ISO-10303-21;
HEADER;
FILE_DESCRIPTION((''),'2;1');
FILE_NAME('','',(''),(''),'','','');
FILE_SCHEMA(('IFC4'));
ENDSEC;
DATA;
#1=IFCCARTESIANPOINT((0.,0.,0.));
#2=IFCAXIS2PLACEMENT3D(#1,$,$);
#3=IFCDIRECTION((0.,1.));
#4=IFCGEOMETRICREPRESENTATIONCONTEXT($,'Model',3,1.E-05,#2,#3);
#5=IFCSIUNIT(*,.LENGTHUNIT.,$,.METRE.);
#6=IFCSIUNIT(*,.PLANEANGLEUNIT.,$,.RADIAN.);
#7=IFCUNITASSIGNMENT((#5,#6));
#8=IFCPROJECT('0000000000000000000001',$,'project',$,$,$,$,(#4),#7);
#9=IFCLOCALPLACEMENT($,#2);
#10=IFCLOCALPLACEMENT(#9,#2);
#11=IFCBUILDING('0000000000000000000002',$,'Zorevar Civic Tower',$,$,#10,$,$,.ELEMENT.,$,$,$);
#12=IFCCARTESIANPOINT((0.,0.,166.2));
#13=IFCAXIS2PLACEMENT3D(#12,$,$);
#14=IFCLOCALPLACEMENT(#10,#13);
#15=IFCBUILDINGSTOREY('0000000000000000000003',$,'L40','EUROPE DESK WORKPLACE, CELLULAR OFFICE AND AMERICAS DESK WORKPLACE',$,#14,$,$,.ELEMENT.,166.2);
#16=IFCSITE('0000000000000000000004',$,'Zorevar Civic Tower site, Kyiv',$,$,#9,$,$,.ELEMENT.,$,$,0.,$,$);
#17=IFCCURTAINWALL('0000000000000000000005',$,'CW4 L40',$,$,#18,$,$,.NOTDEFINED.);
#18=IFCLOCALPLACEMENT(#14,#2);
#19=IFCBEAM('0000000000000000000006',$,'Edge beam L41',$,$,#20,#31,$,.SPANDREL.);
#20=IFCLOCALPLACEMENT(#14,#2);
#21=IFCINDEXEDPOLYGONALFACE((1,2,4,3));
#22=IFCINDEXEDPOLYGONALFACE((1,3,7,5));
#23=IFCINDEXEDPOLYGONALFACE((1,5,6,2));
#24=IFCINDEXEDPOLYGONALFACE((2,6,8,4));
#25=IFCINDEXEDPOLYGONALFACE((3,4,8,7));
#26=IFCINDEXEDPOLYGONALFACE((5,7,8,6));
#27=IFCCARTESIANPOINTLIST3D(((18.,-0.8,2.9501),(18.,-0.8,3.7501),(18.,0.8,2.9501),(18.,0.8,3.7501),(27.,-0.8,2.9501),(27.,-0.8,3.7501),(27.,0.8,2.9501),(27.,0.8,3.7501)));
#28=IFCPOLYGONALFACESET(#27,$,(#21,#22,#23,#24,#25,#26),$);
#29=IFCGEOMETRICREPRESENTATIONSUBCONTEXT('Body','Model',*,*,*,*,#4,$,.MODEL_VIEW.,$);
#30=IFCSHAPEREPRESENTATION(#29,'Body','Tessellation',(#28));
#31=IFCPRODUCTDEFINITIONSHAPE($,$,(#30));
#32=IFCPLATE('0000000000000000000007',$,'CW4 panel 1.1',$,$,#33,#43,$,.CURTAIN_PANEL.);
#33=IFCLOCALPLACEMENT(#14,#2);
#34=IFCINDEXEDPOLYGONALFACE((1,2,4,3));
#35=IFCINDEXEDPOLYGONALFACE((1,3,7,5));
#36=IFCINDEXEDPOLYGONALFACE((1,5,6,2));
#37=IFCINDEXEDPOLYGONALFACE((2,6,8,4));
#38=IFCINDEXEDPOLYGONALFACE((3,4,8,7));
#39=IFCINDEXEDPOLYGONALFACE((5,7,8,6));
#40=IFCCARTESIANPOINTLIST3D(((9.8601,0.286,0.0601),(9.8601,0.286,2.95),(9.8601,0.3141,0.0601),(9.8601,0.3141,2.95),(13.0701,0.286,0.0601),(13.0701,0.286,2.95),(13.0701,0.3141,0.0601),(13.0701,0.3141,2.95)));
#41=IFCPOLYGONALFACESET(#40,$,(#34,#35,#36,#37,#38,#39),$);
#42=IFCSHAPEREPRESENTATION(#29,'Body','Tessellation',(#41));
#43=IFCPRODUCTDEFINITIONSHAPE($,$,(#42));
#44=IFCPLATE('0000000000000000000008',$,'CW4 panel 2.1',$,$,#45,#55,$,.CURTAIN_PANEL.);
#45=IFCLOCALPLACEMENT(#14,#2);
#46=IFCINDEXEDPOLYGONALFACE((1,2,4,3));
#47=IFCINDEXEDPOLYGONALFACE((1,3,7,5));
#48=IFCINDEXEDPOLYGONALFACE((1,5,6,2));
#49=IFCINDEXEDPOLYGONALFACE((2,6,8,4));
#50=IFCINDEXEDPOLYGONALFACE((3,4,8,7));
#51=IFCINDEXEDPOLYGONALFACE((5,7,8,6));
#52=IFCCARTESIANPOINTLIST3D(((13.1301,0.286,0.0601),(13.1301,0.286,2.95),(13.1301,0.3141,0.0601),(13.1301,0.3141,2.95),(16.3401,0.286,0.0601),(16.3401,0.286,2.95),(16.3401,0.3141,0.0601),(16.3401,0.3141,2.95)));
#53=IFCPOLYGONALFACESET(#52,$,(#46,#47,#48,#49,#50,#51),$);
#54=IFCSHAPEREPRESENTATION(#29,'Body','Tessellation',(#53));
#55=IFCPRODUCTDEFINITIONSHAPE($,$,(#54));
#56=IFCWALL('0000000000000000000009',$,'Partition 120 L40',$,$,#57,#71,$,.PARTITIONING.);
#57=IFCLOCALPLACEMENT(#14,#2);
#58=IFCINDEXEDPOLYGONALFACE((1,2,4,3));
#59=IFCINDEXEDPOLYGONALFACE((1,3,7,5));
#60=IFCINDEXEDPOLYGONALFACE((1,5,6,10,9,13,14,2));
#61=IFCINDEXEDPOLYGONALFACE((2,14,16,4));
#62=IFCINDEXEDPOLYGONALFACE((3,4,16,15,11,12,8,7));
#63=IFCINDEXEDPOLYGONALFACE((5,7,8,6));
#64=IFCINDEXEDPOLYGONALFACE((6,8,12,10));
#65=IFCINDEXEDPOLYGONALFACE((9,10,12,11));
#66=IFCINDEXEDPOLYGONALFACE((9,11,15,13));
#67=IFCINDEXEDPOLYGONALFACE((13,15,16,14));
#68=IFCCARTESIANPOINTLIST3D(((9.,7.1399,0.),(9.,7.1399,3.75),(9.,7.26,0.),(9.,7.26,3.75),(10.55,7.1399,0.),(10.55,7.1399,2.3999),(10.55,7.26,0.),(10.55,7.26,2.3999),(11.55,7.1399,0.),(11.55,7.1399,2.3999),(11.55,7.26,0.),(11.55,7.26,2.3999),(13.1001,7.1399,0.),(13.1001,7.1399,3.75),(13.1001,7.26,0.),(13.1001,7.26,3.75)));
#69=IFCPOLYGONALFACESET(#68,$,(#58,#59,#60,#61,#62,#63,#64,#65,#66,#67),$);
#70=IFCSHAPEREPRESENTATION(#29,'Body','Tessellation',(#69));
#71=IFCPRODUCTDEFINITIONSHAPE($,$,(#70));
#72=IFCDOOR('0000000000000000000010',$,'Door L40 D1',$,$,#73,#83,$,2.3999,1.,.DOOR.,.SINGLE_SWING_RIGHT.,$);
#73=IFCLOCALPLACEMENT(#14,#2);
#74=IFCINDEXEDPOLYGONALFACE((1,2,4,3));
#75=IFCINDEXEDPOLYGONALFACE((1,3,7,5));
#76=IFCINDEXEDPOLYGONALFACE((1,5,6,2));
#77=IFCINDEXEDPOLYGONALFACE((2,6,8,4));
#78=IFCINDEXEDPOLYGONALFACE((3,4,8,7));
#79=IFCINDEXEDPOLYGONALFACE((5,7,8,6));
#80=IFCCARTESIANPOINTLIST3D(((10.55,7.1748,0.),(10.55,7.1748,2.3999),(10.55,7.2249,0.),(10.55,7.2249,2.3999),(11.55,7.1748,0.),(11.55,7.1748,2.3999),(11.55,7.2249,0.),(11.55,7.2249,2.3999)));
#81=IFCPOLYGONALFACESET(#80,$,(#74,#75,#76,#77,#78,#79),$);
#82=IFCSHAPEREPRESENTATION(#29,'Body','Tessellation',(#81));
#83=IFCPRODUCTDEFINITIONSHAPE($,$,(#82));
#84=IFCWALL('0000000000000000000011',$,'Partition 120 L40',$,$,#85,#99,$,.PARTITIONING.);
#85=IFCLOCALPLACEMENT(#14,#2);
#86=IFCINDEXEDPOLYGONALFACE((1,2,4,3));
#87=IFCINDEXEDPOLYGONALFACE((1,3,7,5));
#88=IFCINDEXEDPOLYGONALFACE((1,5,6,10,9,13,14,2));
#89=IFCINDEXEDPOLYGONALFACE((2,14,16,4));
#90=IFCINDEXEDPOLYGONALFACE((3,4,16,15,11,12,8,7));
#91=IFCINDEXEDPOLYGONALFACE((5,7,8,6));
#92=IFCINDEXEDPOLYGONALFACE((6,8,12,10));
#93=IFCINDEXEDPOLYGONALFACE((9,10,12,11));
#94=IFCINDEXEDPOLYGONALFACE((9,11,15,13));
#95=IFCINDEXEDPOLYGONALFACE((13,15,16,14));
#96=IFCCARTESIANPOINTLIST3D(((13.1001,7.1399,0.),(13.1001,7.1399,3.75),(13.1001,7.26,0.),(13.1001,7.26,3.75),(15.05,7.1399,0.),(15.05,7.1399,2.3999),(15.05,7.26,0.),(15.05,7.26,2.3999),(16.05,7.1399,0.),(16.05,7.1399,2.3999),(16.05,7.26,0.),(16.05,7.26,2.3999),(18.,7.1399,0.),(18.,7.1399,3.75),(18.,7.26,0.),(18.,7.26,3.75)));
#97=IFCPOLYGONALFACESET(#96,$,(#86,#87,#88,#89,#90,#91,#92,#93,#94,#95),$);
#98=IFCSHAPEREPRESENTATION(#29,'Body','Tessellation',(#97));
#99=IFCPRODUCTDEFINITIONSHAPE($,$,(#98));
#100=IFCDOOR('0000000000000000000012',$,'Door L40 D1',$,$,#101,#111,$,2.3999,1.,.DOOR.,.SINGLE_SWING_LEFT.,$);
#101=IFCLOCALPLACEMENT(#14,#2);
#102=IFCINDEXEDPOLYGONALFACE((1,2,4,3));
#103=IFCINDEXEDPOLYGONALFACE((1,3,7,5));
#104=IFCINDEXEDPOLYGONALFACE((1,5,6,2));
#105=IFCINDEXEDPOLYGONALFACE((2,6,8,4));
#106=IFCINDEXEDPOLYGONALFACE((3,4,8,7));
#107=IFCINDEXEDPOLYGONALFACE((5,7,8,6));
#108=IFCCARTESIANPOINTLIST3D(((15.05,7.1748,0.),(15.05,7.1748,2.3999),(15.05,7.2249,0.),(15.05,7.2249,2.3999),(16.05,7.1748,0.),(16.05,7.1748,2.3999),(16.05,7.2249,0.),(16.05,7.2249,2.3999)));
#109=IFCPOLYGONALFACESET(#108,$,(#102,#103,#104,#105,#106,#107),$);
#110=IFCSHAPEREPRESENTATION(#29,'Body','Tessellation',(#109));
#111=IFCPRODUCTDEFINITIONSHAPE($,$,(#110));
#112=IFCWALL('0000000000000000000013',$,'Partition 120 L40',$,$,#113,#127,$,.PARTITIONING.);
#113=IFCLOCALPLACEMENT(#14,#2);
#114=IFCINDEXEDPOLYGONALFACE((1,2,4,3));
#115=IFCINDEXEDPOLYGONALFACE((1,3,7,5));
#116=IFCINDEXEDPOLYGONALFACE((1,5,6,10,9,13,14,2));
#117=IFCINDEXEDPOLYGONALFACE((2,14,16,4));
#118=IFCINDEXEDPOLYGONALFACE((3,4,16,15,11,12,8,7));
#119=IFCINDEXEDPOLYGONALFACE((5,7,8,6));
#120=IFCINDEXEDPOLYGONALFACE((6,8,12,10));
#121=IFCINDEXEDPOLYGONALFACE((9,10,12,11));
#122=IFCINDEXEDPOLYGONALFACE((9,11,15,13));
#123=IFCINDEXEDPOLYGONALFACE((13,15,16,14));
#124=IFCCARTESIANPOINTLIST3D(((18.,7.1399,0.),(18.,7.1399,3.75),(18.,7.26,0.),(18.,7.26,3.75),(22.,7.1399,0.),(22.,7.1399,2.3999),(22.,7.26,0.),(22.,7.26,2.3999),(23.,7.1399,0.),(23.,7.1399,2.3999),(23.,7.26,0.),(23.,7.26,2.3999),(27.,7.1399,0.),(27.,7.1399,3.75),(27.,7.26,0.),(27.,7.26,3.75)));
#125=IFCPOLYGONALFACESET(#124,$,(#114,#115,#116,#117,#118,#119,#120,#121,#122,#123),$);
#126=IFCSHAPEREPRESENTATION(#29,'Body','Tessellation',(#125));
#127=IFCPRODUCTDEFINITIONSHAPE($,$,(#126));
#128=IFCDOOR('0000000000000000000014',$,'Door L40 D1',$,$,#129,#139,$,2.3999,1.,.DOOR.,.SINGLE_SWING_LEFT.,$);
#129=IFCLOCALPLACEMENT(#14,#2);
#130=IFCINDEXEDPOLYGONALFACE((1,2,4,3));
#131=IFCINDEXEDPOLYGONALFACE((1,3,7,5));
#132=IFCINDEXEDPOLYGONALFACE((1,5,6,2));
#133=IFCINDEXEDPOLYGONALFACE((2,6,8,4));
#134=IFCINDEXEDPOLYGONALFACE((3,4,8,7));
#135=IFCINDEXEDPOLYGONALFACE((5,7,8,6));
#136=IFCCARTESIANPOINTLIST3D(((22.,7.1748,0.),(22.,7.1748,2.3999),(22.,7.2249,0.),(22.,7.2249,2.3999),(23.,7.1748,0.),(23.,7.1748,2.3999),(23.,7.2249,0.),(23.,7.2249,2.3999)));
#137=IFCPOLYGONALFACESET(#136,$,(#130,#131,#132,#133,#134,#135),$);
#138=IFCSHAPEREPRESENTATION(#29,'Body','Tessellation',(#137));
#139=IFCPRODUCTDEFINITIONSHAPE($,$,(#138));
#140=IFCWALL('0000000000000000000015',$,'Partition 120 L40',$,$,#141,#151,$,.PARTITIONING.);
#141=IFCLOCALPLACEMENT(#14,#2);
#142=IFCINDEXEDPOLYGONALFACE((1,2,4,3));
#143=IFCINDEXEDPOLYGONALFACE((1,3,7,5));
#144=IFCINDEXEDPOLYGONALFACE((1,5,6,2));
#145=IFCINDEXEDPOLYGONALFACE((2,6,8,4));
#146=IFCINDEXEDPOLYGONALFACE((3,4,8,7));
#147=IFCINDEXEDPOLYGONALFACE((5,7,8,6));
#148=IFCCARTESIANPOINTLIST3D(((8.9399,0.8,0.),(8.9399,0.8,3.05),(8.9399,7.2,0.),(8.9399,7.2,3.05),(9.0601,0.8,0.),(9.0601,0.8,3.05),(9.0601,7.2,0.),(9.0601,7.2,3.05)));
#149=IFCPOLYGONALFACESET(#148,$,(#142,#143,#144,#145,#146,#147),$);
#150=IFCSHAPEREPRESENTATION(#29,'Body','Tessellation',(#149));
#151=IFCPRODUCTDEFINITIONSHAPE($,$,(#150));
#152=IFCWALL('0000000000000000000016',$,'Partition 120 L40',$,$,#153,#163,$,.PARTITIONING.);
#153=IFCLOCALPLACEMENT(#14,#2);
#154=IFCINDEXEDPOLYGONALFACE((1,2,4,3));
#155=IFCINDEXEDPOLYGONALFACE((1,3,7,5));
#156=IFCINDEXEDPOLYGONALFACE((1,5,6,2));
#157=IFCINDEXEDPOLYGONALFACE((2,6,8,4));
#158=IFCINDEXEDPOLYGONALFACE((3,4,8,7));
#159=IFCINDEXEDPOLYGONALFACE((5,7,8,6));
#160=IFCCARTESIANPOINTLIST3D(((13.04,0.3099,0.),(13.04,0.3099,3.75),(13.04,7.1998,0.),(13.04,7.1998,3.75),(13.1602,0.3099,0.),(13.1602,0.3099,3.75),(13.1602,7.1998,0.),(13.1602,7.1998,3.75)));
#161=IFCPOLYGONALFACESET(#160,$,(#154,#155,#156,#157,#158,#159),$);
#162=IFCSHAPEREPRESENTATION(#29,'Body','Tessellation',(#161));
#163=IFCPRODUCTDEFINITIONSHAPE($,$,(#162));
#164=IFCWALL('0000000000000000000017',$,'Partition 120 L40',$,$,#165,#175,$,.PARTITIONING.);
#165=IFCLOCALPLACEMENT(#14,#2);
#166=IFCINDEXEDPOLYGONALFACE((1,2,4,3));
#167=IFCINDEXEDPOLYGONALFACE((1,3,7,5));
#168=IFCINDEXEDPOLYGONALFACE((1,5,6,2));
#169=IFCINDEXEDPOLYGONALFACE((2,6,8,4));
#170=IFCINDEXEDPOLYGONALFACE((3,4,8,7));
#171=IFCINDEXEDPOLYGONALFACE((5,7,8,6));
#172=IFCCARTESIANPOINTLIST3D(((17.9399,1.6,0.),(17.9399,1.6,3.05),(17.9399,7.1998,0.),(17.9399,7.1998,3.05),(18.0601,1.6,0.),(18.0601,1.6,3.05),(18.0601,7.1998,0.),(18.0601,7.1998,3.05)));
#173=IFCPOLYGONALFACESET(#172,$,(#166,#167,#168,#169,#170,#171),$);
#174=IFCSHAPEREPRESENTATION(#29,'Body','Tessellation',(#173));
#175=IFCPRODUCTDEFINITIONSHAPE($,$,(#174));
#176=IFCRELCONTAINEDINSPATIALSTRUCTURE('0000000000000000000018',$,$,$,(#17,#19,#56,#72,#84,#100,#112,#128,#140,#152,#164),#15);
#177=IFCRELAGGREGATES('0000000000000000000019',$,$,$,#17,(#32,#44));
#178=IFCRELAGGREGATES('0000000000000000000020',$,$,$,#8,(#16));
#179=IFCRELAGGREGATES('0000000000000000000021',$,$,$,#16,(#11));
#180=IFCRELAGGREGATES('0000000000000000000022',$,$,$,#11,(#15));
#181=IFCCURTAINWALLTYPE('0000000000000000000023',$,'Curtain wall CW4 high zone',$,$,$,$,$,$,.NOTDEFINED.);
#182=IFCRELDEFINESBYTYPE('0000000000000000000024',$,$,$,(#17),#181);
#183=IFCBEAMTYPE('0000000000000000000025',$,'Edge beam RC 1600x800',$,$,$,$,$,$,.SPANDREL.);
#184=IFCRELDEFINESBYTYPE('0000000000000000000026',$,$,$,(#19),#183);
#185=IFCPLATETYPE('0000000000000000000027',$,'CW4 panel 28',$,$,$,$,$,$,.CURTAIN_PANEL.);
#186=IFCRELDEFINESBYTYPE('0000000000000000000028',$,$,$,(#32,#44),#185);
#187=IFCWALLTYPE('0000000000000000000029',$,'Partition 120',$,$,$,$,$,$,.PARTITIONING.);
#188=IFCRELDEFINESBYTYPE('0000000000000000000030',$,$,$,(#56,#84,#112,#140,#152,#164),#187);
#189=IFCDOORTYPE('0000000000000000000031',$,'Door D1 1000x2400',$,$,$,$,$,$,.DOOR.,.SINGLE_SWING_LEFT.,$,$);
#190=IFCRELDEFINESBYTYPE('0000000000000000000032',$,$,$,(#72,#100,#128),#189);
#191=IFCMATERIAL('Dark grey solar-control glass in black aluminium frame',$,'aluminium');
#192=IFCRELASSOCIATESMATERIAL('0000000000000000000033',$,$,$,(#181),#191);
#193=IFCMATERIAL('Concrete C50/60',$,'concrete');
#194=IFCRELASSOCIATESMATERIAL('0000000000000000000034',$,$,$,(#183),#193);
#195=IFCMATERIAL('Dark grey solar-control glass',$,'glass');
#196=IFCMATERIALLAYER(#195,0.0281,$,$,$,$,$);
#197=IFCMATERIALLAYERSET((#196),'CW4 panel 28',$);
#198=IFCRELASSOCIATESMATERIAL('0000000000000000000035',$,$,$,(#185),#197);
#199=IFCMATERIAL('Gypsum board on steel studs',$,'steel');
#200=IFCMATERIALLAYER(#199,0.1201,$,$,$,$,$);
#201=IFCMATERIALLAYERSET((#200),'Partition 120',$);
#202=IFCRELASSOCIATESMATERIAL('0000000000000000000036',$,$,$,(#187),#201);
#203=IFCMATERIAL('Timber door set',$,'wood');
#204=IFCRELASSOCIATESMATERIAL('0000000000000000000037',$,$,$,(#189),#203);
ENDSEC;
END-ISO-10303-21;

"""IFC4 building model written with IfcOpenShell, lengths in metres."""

from ifc_helpers import new_model, si_unit, direction, frame, frame_2d, origin, origin_2d, place, context, subcontext, project, spatial, rectangle, extrude, material, layer, layer_set, material_profile, profile_set, type_object, element, fill, aggregate, save


model = new_model("IFC4")

# Units and contexts
model_context = context("Model", 3, precision=1e-05, world=origin(), true_north=direction((0.0, 1.0)))
body_context = subcontext(model_context, "Body", "Model", "MODEL_VIEW")
ifc_project = project(units=[si_unit("LENGTHUNIT", "METRE"), si_unit("PLANEANGLEUNIT", "RADIAN")], contexts=[model_context])

# Site, building, storey
site_placement = place(None, origin())
site = spatial("IfcSite", under=ifc_project, at=site_placement, Name="Zorevar Civic Tower site, Kyiv", CompositionType="ELEMENT", RefElevation=0.0)
building_placement = place(site_placement, origin())
building = spatial("IfcBuilding", under=site, at=building_placement, Name="Zorevar Civic Tower", CompositionType="ELEMENT")
storey_placement = place(building_placement, frame((0.0, 0.0, 166.2)))
storey = spatial("IfcBuildingStorey", under=building, at=storey_placement, Name="L40", Description="EUROPE DESK WORKPLACE, CELLULAR OFFICE AND AMERICAS DESK WORKPLACE", CompositionType="ELEMENT", Elevation=166.2)

# Curtain wall
ifc_material_1 = material(Name="Dark grey solar-control glass in black aluminium frame", Category="aluminium")
curtain_wall_type = type_object("IfcCurtainWallType", Name="Curtain wall CW4 high zone", PredefinedType="NOTDEFINED", material=ifc_material_1)
curtain_wall_placement = place(storey_placement, origin())
curtain_wall = element("IfcCurtainWall", 1, at=curtain_wall_placement, inside=storey, type_object=curtain_wall_type, Name="CW4 L40", PredefinedType="NOTDEFINED")

# Beam
ifc_material_2 = material(Name="Concrete C50/60", Category="concrete")
ifc_material_profile_1 = material_profile(ifc_material_2, rectangle(XDim=1.6001, YDim=0.8, at=origin_2d()), Name="RC 1600x800")
ifc_profile_set_1 = profile_set([ifc_material_profile_1], Name="Concrete C50/60")
beam_type_1 = type_object("IfcBeamType", Name="Edge beam RC 1600x800", PredefinedType="SPANDREL", material=ifc_profile_set_1)
beam_1_placement = place(storey_placement, frame((18.0, 0.0, 3.3501), z_axis=(1.0, 0.0, 0.0), x_axis=(0.0, 1.0, 0.0)))
element("IfcBeam", 2, at=beam_1_placement, inside=storey, type_object=beam_type_1, Name="Edge beam L41", PredefinedType="SPANDREL", context=body_context, shape_type="SweptSolid", body=[
    extrude(rectangle(XDim=1.6001, YDim=0.8, at=origin_2d()), origin(), (0.0, 0.0, 1.0), 9.0),
])

# Plates
ifc_material_3 = material(Name="Dark grey solar-control glass", Category="glass")
ifc_layer_1 = layer(ifc_material_3, 0.0281)
ifc_layer_set_1 = layer_set([ifc_layer_1], Name="CW4 panel 28")
plate_type = type_object("IfcPlateType", Name="CW4 panel 28", PredefinedType="CURTAIN_PANEL", material=ifc_layer_set_1)
plate_1_placement = place(storey_placement, frame((11.4651, 0.3, 0.0601), z_axis=(0.0, 0.0, 1.0), x_axis=(1.0, 0.0, 0.0)))
plate_1 = element("IfcPlate", 3, at=plate_1_placement, type_object=plate_type, Name="CW4 panel 1.1", PredefinedType="CURTAIN_PANEL", context=body_context, shape_type="SweptSolid", body=[
    extrude(rectangle(XDim=3.21, YDim=0.0281, at=origin_2d()), origin(), (0.0, 0.0, 1.0), 2.8899),
])
plate_2_placement = place(storey_placement, frame((14.7351, 0.3, 0.0601), z_axis=(0.0, 0.0, 1.0), x_axis=(1.0, 0.0, 0.0)))
plate_2 = element("IfcPlate", 4, at=plate_2_placement, type_object=plate_type, Name="CW4 panel 2.1", PredefinedType="CURTAIN_PANEL", context=body_context, shape_type="SweptSolid", body=[
    extrude(rectangle(XDim=3.21, YDim=0.0281, at=origin_2d()), origin(), (0.0, 0.0, 1.0), 2.8899),
])
aggregate(curtain_wall, [plate_1, plate_2])

# Walls, openings, doors
ifc_material_4 = material(Name="Gypsum board on steel studs", Category="steel")
ifc_layer_2 = layer(ifc_material_4, 0.1201)
ifc_layer_set_2 = layer_set([ifc_layer_2], Name="Partition 120")
wall_type = type_object("IfcWallType", Name="Partition 120", PredefinedType="PARTITIONING", material=ifc_layer_set_2)
wall_1_placement = place(storey_placement, frame((9.0, 7.2, 0.0), z_axis=(0.0, 0.0, 1.0), x_axis=(1.0, 0.0, 0.0)))
wall_1 = element("IfcWall", 5, at=wall_1_placement, inside=storey, type_object=wall_type, Name="Partition 120 L40", PredefinedType="PARTITIONING", context=body_context, shape_type="SweptSolid", body=[
    extrude(rectangle(XDim=4.1001, YDim=0.1201, at=frame_2d((2.05, 0.0))), origin(), (0.0, 0.0, 1.0), 3.75),
])
opening_1_placement = place(wall_1_placement, frame((1.55, 0.0, 0.0)))
opening_1 = element("IfcOpeningElement", 6, at=opening_1_placement, cuts=wall_1, PredefinedType="OPENING", context=body_context, shape_type="SweptSolid", body=[
    extrude(rectangle(XDim=1.0, YDim=2.3999, at=frame_2d((0.5, 1.2))), frame((0.0, 0.0701, 0.0), z_axis=(0.0, -1.0, 0.0), x_axis=(1.0, 0.0, 0.0)), (0.0, 0.0, 1.0), 0.1401),
])
ifc_material_5 = material(Name="Timber door set", Category="wood")
door_type = type_object("IfcDoorType", Name="Door D1 1000x2400", OperationType="SINGLE_SWING_LEFT", PredefinedType="DOOR", material=ifc_material_5)
door_1_placement = place(opening_1_placement, origin())
door_1 = element("IfcDoor", 7, at=door_1_placement, inside=storey, type_object=door_type, Name="Door L40 D1", OperationType="SINGLE_SWING_RIGHT", OverallHeight=2.3999, OverallWidth=1.0, PredefinedType="DOOR", context=body_context, shape_type="SweptSolid", body=[
    extrude(rectangle(XDim=1.0, YDim=2.3999, at=frame_2d((0.5, 1.2))), frame((0.0, 0.0249, 0.0), z_axis=(0.0, -1.0, 0.0), x_axis=(1.0, 0.0, 0.0)), (0.0, 0.0, 1.0), 0.05),
])
fill(opening_1, door_1)
wall_2_placement = place(storey_placement, frame((13.1001, 7.2, 0.0), z_axis=(0.0, 0.0, 1.0), x_axis=(1.0, 0.0, 0.0)))
wall_2 = element("IfcWall", 8, at=wall_2_placement, inside=storey, type_object=wall_type, Name="Partition 120 L40", PredefinedType="PARTITIONING", context=body_context, shape_type="SweptSolid", body=[
    extrude(rectangle(XDim=4.8999, YDim=0.1201, at=frame_2d((2.45, 0.0))), origin(), (0.0, 0.0, 1.0), 3.75),
])
opening_2_placement = place(wall_2_placement, frame((1.95, 0.0, 0.0)))
opening_2 = element("IfcOpeningElement", 9, at=opening_2_placement, cuts=wall_2, PredefinedType="OPENING", context=body_context, shape_type="SweptSolid", body=[
    extrude(rectangle(XDim=1.0, YDim=2.3999, at=frame_2d((0.5, 1.2))), frame((0.0, 0.0701, 0.0), z_axis=(0.0, -1.0, 0.0), x_axis=(1.0, 0.0, 0.0)), (0.0, 0.0, 1.0), 0.1401),
])
door_2_placement = place(opening_2_placement, origin())
door_2 = element("IfcDoor", 10, at=door_2_placement, inside=storey, type_object=door_type, Name="Door L40 D1", OperationType="SINGLE_SWING_LEFT", OverallHeight=2.3999, OverallWidth=1.0, PredefinedType="DOOR", context=body_context, shape_type="SweptSolid", body=[
    extrude(rectangle(XDim=1.0, YDim=2.3999, at=frame_2d((0.5, 1.2))), frame((0.0, 0.0249, 0.0), z_axis=(0.0, -1.0, 0.0), x_axis=(1.0, 0.0, 0.0)), (0.0, 0.0, 1.0), 0.05),
])
fill(opening_2, door_2)
wall_3_placement = place(storey_placement, frame((18.0, 7.2, 0.0), z_axis=(0.0, 0.0, 1.0), x_axis=(1.0, 0.0, 0.0)))
wall_3 = element("IfcWall", 11, at=wall_3_placement, inside=storey, type_object=wall_type, Name="Partition 120 L40", PredefinedType="PARTITIONING", context=body_context, shape_type="SweptSolid", body=[
    extrude(rectangle(XDim=9.0, YDim=0.1201, at=frame_2d((4.5, 0.0))), origin(), (0.0, 0.0, 1.0), 3.75),
])
opening_3_placement = place(wall_3_placement, frame((4.0, 0.0, 0.0)))
opening_3 = element("IfcOpeningElement", 12, at=opening_3_placement, cuts=wall_3, PredefinedType="OPENING", context=body_context, shape_type="SweptSolid", body=[
    extrude(rectangle(XDim=1.0, YDim=2.3999, at=frame_2d((0.5, 1.2))), frame((0.0, 0.0701, 0.0), z_axis=(0.0, -1.0, 0.0), x_axis=(1.0, 0.0, 0.0)), (0.0, 0.0, 1.0), 0.1401),
])
door_3_placement = place(opening_3_placement, origin())
door_3 = element("IfcDoor", 13, at=door_3_placement, inside=storey, type_object=door_type, Name="Door L40 D1", OperationType="SINGLE_SWING_LEFT", OverallHeight=2.3999, OverallWidth=1.0, PredefinedType="DOOR", context=body_context, shape_type="SweptSolid", body=[
    extrude(rectangle(XDim=1.0, YDim=2.3999, at=frame_2d((0.5, 1.2))), frame((0.0, 0.0249, 0.0), z_axis=(0.0, -1.0, 0.0), x_axis=(1.0, 0.0, 0.0)), (0.0, 0.0, 1.0), 0.05),
])
fill(opening_3, door_3)

# Walls
wall_4_placement = place(storey_placement, frame((9.0, 0.8, 0.0), z_axis=(0.0, 0.0, 1.0), x_axis=(0.0, 1.0, 0.0)))
element("IfcWall", 14, at=wall_4_placement, inside=storey, type_object=wall_type, Name="Partition 120 L40", PredefinedType="PARTITIONING", context=body_context, shape_type="SweptSolid", body=[
    extrude(rectangle(XDim=6.3999, YDim=0.1201, at=frame_2d((3.2, 0.0))), origin(), (0.0, 0.0, 1.0), 3.05),
])
wall_5_placement = place(storey_placement, frame((13.1001, 0.3101, 0.0), z_axis=(0.0, 0.0, 1.0), x_axis=(0.0, 1.0, 0.0)))
element("IfcWall", 15, at=wall_5_placement, inside=storey, type_object=wall_type, Name="Partition 120 L40", PredefinedType="PARTITIONING", context=body_context, shape_type="SweptSolid", body=[
    extrude(rectangle(XDim=6.8899, YDim=0.1201, at=frame_2d((3.4448, 0.0))), origin(), (0.0, 0.0, 1.0), 3.75),
])
wall_6_placement = place(storey_placement, frame((18.0, 1.6001, 0.0), z_axis=(0.0, 0.0, 1.0), x_axis=(0.0, 1.0, 0.0)))
element("IfcWall", 16, at=wall_6_placement, inside=storey, type_object=wall_type, Name="Partition 120 L40", PredefinedType="PARTITIONING", context=body_context, shape_type="SweptSolid", body=[
    extrude(rectangle(XDim=5.5999, YDim=0.1201, at=frame_2d((2.7998, 0.0))), origin(), (0.0, 0.0, 1.0), 3.05),
])

save(model, "model.ifc")
